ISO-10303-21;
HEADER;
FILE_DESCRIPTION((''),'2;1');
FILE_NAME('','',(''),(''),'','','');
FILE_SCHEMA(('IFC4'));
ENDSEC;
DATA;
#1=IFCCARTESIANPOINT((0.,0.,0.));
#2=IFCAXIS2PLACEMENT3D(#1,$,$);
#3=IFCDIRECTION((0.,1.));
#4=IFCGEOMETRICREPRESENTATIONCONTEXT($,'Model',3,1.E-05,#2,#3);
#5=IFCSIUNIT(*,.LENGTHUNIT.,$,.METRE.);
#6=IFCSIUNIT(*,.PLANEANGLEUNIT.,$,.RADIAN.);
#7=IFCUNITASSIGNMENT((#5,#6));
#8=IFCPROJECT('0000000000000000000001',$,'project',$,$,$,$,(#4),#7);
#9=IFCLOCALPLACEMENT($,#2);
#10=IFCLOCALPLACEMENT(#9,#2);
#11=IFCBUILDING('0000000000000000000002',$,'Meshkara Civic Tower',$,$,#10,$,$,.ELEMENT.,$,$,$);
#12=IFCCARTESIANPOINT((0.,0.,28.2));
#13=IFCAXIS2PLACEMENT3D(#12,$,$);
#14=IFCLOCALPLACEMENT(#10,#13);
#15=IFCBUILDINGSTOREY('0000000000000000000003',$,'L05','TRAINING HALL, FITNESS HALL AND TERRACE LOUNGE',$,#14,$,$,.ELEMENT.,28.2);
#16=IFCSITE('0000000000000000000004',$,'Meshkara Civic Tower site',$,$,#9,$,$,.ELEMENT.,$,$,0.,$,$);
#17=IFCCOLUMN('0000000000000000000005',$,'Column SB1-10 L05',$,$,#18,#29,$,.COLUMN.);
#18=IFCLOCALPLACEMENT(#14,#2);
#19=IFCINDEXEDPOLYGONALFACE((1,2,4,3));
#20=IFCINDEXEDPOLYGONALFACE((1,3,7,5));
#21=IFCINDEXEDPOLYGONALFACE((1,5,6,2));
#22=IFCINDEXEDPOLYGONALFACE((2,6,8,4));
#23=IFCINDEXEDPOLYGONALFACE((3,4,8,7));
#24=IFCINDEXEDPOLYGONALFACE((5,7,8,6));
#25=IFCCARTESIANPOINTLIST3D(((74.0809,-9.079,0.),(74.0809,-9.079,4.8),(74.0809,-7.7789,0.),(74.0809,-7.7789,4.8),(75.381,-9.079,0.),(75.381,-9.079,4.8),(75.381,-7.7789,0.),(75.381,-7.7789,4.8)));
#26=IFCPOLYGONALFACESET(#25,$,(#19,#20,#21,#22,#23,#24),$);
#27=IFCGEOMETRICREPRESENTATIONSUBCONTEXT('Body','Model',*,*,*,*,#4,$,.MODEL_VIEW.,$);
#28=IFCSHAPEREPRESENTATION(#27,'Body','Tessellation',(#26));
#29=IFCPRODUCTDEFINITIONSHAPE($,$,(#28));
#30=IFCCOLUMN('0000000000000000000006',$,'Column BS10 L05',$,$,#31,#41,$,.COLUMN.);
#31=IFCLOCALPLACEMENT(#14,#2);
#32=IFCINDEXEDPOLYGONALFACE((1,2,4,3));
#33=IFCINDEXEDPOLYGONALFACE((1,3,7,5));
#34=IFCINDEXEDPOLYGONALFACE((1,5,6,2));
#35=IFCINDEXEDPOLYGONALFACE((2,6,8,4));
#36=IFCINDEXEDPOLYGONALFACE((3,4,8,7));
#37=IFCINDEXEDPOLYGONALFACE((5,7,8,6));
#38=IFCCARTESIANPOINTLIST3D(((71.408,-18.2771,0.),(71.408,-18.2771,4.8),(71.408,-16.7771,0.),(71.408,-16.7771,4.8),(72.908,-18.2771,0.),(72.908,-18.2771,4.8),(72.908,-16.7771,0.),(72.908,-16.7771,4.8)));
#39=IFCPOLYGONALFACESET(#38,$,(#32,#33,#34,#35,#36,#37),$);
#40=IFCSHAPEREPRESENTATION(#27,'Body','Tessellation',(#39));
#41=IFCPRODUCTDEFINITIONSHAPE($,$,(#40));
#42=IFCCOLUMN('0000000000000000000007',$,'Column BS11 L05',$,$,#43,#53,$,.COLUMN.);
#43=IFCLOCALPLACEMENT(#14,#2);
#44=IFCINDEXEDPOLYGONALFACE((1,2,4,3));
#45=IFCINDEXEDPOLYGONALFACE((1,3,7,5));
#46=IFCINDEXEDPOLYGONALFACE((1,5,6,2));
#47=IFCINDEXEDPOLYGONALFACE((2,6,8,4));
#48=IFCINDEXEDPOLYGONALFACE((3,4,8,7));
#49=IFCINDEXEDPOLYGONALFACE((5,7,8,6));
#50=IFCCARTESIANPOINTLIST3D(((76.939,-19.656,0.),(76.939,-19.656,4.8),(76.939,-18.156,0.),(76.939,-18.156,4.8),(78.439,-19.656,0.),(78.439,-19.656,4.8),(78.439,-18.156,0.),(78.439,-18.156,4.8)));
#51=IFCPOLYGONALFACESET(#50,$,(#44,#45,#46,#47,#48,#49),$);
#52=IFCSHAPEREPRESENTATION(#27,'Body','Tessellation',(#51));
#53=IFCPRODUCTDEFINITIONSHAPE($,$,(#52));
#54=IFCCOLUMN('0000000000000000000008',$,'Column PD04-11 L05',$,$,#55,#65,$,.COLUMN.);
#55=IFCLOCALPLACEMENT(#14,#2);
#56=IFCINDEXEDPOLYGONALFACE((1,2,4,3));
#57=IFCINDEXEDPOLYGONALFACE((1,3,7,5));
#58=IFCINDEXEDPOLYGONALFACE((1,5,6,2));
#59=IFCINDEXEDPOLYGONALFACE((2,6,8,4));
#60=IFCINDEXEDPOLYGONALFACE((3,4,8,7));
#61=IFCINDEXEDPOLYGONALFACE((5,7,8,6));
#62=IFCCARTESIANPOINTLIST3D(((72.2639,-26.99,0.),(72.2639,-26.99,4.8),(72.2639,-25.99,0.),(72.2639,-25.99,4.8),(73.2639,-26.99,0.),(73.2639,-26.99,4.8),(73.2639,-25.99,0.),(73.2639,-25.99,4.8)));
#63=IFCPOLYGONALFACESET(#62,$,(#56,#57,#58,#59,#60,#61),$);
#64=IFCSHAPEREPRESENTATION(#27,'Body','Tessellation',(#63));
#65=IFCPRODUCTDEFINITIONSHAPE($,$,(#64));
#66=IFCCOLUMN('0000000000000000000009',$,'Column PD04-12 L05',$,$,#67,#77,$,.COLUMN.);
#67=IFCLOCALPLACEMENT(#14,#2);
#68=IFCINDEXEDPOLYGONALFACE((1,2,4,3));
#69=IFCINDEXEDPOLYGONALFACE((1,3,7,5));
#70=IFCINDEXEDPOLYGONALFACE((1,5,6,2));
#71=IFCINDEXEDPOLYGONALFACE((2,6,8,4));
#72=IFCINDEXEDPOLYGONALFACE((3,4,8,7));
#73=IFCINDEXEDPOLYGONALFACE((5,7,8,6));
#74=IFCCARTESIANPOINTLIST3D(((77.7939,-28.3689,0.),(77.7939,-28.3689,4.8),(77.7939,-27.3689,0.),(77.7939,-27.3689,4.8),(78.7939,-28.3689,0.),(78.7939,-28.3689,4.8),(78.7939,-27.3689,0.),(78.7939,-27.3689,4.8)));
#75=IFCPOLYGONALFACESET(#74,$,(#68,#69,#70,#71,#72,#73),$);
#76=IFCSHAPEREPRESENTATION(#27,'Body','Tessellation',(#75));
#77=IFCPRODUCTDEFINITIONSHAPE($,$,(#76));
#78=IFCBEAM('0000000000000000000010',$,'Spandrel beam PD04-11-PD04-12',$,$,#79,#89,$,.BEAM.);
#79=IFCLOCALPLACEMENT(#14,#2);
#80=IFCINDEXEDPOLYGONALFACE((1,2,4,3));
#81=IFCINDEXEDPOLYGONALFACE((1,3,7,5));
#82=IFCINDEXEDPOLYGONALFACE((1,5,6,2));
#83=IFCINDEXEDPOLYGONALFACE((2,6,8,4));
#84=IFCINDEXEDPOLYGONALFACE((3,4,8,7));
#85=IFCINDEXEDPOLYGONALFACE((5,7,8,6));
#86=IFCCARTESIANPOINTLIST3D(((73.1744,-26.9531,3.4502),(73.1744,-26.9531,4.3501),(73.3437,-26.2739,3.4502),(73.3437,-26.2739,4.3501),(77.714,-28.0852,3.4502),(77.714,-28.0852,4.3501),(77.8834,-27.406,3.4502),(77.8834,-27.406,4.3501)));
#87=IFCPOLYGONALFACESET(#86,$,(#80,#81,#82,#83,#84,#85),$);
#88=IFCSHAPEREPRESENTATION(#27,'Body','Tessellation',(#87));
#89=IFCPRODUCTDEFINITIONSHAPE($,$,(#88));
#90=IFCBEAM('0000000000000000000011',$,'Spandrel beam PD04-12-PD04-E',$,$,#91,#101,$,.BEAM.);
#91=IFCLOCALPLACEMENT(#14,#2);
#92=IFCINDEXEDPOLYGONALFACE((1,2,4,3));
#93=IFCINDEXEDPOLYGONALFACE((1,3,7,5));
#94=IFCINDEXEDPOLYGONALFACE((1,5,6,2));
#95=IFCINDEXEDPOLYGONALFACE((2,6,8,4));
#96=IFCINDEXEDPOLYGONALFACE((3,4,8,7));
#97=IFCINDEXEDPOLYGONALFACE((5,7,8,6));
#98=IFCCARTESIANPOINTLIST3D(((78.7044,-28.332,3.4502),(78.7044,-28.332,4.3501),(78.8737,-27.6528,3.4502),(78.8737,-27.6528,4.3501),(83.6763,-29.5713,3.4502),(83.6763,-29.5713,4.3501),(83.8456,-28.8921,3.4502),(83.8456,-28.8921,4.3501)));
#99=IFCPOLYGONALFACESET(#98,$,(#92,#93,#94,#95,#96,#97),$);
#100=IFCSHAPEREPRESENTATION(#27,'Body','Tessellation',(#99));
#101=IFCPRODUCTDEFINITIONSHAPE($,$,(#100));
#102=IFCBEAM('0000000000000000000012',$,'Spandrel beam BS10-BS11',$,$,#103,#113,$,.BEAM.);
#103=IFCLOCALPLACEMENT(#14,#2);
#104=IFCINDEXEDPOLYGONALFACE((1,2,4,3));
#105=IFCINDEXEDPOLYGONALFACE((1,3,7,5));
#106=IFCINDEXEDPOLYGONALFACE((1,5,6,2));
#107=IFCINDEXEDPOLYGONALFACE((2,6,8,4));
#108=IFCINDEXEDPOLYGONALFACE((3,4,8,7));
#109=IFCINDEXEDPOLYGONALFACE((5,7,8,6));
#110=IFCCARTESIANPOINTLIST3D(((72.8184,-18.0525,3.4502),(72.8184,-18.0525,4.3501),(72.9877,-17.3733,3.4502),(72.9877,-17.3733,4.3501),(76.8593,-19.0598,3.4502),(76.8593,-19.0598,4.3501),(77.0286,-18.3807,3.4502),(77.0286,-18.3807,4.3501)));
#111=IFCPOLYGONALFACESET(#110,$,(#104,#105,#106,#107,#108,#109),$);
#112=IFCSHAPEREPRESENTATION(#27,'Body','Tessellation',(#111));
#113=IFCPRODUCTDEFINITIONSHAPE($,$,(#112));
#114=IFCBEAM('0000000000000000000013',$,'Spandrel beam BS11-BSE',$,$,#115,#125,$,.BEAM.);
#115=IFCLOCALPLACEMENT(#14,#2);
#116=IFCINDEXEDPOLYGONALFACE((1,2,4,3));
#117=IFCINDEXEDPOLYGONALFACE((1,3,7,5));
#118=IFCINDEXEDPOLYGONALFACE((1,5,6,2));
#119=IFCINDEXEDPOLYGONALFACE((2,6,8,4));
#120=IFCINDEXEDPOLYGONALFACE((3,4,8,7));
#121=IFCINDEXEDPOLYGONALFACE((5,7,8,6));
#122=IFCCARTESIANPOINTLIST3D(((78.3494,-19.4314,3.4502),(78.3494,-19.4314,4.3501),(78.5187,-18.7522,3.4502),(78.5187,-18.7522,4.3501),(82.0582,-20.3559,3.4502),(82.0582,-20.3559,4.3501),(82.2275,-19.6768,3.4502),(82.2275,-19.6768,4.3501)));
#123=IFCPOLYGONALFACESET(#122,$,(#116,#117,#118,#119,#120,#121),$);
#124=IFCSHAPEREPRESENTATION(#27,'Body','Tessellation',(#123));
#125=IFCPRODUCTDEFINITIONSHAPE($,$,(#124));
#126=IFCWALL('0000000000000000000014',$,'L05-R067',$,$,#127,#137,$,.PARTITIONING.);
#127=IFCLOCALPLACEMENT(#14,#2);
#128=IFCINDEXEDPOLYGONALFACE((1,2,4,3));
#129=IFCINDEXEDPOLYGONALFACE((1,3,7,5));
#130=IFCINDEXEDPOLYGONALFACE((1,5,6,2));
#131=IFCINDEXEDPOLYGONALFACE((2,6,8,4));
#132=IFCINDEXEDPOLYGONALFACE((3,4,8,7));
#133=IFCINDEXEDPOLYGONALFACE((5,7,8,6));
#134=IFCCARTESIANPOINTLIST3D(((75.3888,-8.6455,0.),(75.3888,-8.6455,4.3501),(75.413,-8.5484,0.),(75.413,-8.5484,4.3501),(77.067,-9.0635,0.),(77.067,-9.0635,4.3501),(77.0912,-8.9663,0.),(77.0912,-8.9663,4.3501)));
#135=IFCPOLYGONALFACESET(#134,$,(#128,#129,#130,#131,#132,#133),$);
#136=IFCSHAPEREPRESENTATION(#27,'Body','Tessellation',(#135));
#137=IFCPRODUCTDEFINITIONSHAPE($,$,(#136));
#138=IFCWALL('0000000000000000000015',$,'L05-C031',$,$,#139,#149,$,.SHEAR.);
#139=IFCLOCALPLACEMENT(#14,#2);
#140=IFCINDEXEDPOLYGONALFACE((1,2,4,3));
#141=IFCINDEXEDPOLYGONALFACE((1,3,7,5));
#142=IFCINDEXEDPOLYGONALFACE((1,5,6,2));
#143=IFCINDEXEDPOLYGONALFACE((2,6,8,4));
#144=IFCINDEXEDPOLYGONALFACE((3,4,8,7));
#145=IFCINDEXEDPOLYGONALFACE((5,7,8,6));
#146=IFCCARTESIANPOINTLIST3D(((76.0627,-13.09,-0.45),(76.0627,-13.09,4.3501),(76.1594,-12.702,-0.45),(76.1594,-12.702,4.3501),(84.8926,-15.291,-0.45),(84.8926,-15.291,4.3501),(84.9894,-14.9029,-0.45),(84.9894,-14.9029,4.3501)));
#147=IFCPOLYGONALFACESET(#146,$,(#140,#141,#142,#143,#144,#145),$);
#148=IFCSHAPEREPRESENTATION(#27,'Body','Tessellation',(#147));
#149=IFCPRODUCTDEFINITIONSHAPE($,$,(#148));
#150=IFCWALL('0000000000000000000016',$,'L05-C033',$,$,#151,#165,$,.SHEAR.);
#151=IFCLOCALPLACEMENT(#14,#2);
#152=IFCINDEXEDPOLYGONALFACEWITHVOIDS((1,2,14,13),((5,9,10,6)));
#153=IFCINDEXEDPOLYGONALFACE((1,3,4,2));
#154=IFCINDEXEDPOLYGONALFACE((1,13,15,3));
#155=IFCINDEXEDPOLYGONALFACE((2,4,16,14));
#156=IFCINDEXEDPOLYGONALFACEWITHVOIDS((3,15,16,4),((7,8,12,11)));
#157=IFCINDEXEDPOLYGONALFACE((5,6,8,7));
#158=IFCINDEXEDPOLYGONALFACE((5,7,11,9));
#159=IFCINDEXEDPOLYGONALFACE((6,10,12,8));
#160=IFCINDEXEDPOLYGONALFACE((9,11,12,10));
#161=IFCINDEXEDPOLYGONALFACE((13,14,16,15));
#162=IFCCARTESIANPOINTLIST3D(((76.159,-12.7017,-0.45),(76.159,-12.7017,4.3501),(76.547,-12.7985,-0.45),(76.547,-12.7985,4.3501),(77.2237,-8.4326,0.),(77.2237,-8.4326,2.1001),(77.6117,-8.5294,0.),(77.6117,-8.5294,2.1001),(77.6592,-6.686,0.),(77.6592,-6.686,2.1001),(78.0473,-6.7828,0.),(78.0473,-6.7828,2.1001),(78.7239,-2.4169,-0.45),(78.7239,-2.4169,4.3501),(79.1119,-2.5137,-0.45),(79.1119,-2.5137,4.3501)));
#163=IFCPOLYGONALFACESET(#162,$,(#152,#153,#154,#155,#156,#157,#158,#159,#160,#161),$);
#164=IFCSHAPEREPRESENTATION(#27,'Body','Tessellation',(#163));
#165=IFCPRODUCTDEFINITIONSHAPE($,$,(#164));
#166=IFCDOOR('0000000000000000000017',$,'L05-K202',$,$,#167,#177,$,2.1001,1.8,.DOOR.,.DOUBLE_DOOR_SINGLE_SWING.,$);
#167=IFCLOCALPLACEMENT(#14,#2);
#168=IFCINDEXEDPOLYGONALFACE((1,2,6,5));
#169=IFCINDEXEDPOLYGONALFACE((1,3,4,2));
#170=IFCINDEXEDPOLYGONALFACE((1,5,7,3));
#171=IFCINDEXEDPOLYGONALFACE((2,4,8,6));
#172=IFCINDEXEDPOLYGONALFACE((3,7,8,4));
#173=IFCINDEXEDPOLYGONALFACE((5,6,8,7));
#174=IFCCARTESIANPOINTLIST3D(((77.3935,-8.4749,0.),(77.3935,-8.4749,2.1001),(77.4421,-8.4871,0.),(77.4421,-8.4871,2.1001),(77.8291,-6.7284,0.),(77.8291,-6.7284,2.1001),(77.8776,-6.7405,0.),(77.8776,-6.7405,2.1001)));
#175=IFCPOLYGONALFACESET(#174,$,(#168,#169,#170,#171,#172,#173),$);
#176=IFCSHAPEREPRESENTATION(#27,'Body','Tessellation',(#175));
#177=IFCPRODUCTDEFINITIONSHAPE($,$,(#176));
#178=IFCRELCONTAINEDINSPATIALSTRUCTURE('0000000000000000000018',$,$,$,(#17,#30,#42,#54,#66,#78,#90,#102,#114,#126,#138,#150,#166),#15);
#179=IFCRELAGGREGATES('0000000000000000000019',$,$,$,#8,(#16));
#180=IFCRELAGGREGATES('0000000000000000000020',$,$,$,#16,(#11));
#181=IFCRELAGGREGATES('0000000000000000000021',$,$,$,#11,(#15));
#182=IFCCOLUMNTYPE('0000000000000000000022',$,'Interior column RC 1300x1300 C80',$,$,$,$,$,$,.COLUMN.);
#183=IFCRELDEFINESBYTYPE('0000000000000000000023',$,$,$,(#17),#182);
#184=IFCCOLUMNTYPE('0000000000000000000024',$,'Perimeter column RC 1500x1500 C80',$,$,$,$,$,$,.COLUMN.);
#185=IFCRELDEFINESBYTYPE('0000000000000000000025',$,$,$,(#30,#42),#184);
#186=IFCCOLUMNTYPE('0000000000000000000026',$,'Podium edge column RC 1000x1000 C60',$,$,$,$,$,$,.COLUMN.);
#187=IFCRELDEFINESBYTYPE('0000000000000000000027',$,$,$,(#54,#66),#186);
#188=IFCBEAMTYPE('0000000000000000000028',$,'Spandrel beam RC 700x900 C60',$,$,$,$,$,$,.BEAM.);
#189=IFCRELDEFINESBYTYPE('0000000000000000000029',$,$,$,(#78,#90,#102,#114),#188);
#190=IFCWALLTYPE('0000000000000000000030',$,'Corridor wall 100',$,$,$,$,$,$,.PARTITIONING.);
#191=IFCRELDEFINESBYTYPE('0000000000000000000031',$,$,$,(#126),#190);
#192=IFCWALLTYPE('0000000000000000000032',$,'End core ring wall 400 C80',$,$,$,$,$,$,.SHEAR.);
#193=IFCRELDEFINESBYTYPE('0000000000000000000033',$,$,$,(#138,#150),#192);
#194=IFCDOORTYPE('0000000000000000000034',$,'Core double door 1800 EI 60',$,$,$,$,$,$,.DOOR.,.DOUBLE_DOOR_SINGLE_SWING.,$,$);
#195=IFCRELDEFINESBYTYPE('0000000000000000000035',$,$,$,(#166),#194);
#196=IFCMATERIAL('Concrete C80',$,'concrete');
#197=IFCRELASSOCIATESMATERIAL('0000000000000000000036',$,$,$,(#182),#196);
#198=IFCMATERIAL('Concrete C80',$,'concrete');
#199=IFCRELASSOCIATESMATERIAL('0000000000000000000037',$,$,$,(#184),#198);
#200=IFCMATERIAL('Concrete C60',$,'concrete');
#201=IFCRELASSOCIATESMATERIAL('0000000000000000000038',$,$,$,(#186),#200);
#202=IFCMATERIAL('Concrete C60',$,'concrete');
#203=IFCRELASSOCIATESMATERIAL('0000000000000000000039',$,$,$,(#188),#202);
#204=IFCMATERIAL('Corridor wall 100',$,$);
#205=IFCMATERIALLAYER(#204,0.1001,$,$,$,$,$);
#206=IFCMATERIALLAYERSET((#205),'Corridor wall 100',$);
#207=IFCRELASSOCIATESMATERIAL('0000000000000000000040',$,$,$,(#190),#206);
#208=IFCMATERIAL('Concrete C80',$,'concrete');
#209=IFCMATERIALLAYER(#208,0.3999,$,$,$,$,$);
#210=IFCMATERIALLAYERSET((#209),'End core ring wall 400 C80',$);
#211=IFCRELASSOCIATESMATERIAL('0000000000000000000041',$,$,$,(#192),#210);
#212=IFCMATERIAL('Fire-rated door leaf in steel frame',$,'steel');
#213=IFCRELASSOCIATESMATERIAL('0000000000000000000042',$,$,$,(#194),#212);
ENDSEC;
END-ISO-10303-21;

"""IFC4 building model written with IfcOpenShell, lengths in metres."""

from ifc_helpers import new_model, si_unit, direction, frame, frame_2d, origin, origin_2d, place, context, subcontext, project, spatial, rectangle, extrude, material, layer, layer_set, material_profile, profile_set, type_object, element, fill, save


model = new_model("IFC4")

# Units and contexts
model_context = context("Model", 3, precision=1e-05, world=origin(), true_north=direction((0.0, 1.0)))
body_context = subcontext(model_context, "Body", "Model", "MODEL_VIEW")
ifc_project = project(units=[si_unit("LENGTHUNIT", "METRE"), si_unit("PLANEANGLEUNIT", "RADIAN")], contexts=[model_context])

# Site, building, storey
site_placement = place(None, origin())
site = spatial("IfcSite", under=ifc_project, at=site_placement, Name="Meshkara Civic Tower site", CompositionType="ELEMENT", RefElevation=0.0)
building_placement = place(site_placement, origin())
building = spatial("IfcBuilding", under=site, at=building_placement, Name="Meshkara Civic Tower", CompositionType="ELEMENT")
storey_placement = place(building_placement, frame((0.0, 0.0, 28.2)))
storey = spatial("IfcBuildingStorey", under=building, at=storey_placement, Name="L05", Description="TRAINING HALL, FITNESS HALL AND TERRACE LOUNGE", CompositionType="ELEMENT", Elevation=28.2)

# Columns
ifc_material_1 = material(Name="Concrete C80", Category="concrete")
ifc_material_profile_1 = material_profile(ifc_material_1, rectangle(XDim=1.3, YDim=1.3, at=origin_2d()))
ifc_profile_set_1 = profile_set([ifc_material_profile_1], Name="Concrete C80")
column_type_1 = type_object("IfcColumnType", Name="Interior column RC 1300x1300 C80", PredefinedType="COLUMN", material=ifc_profile_set_1)
column_placement = place(storey_placement, frame((74.731, -8.429, 0.0), z_axis=(0.0, 0.0, 1.0), x_axis=(1.0, 0.0, 0.0)))
element("IfcColumn", 1, at=column_placement, inside=storey, type_object=column_type_1, Name="Column SB1-10 L05", PredefinedType="COLUMN", context=body_context, shape_type="SweptSolid", body=[
    extrude(rectangle(XDim=1.3, YDim=1.3, at=origin_2d()), origin(), (0.0, 0.0, 1.0), 4.8),
])
ifc_material_2 = material(Name="Concrete C80", Category="concrete")
ifc_material_profile_2 = material_profile(ifc_material_2, rectangle(XDim=1.5, YDim=1.5, at=origin_2d()))
ifc_profile_set_2 = profile_set([ifc_material_profile_2], Name="Concrete C80")
column_type_2 = type_object("IfcColumnType", Name="Perimeter column RC 1500x1500 C80", PredefinedType="COLUMN", material=ifc_profile_set_2)
for number, where, z_axis, x_axis, name in (
    (2, (72.158, -17.5271, 0.0), (0.0, 0.0, 1.0), (1.0, 0.0, 0.0), "Column BS10 L05"),
    (3, (77.689, -18.906, 0.0), (0.0, 0.0, 1.0), (1.0, 0.0, 0.0), "Column BS11 L05"),
):
    element("IfcColumn", number, at=place(storey_placement, frame(where, z_axis=z_axis, x_axis=x_axis)), inside=storey, type_object=column_type_2, Name=name, PredefinedType="COLUMN", context=body_context, shape_type="SweptSolid", body=[
        extrude(rectangle(XDim=1.5, YDim=1.5, at=origin_2d()), origin(), (0.0, 0.0, 1.0), 4.8),
    ])
ifc_material_3 = material(Name="Concrete C60", Category="concrete")
ifc_material_profile_3 = material_profile(ifc_material_3, rectangle(XDim=1.0, YDim=1.0, at=origin_2d()))
ifc_profile_set_3 = profile_set([ifc_material_profile_3], Name="Concrete C60")
column_type_3 = type_object("IfcColumnType", Name="Podium edge column RC 1000x1000 C60", PredefinedType="COLUMN", material=ifc_profile_set_3)
for number, where, z_axis, x_axis, name in (
    (4, (72.7639, -26.49, 0.0), (0.0, 0.0, 1.0), (1.0, 0.0, 0.0), "Column PD04-11 L05"),
    (5, (78.2939, -27.8689, 0.0), (0.0, 0.0, 1.0), (1.0, 0.0, 0.0), "Column PD04-12 L05"),
):
    element("IfcColumn", number, at=place(storey_placement, frame(where, z_axis=z_axis, x_axis=x_axis)), inside=storey, type_object=column_type_3, Name=name, PredefinedType="COLUMN", context=body_context, shape_type="SweptSolid", body=[
        extrude(rectangle(XDim=1.0, YDim=1.0, at=origin_2d()), origin(), (0.0, 0.0, 1.0), 4.8),
    ])

# Beams
ifc_material_4 = material(Name="Concrete C60", Category="concrete")
ifc_material_profile_4 = material_profile(ifc_material_4, rectangle(XDim=0.7, YDim=0.8999, at=origin_2d()))
ifc_profile_set_4 = profile_set([ifc_material_profile_4], Name="Concrete C60")
beam_type = type_object("IfcBeamType", Name="Spandrel beam RC 700x900 C60", PredefinedType="BEAM", material=ifc_profile_set_4)
beam_1_placement = place(storey_placement, frame((73.259, -26.6135, 3.9001), z_axis=(0.970287, -0.241959, 0.0), x_axis=(0.241959, 0.970287, 0.0)))
element("IfcBeam", 6, at=beam_1_placement, inside=storey, type_object=beam_type, Name="Spandrel beam PD04-11-PD04-12", PredefinedType="BEAM", context=body_context, shape_type="SweptSolid", body=[
    extrude(rectangle(XDim=0.7, YDim=0.8999, at=origin_2d()), origin(), (0.0, 0.0, 1.0), 4.6787),
])
beam_2_placement = place(storey_placement, frame((78.7891, -27.9924, 3.9001), z_axis=(0.970313, -0.241852, 0.0), x_axis=(0.241852, 0.970313, 0.0)))
element("IfcBeam", 7, at=beam_2_placement, inside=storey, type_object=beam_type, Name="Spandrel beam PD04-12-PD04-E", PredefinedType="BEAM", context=body_context, shape_type="SweptSolid", body=[
    extrude(rectangle(XDim=0.7, YDim=0.8999, at=origin_2d()), origin(), (0.0, 0.0, 1.0), 5.124),
])
beam_3_placement = place(storey_placement, frame((72.9031, -17.7129, 3.9001), z_axis=(0.970304, -0.241887, 0.0), x_axis=(0.241887, 0.970304, 0.0)))
element("IfcBeam", 8, at=beam_3_placement, inside=storey, type_object=beam_type, Name="Spandrel beam BS10-BS11", PredefinedType="BEAM", context=body_context, shape_type="SweptSolid", body=[
    extrude(rectangle(XDim=0.7, YDim=0.8999, at=origin_2d()), origin(), (0.0, 0.0, 1.0), 4.1646),
])
beam_4_placement = place(storey_placement, frame((78.4341, -19.0918, 3.9001), z_axis=(0.970304, -0.241889, 0.0), x_axis=(0.241889, 0.970304, 0.0)))
element("IfcBeam", 9, at=beam_4_placement, inside=storey, type_object=beam_type, Name="Spandrel beam BS11-BSE", PredefinedType="BEAM", context=body_context, shape_type="SweptSolid", body=[
    extrude(rectangle(XDim=0.7, YDim=0.8999, at=origin_2d()), origin(), (0.0, 0.0, 1.0), 3.8223),
])

# Walls
ifc_material_5 = material(Name="Corridor wall 100")
ifc_layer_1 = layer(ifc_material_5, 0.1001)
ifc_layer_set_1 = layer_set([ifc_layer_1], Name="Corridor wall 100")
wall_type_1 = type_object("IfcWallType", Name="Corridor wall 100", PredefinedType="PARTITIONING", material=ifc_layer_set_1)
wall_1_placement = place(storey_placement, frame((75.4009, -8.5969, 0.0), z_axis=(0.0, 0.0, 1.0), x_axis=(0.970358, -0.241672, 0.0)))
element("IfcWall", 10, at=wall_1_placement, inside=storey, type_object=wall_type_1, Name="L05-R067", PredefinedType="PARTITIONING", context=body_context, shape_type="SweptSolid", body=[
    extrude(rectangle(XDim=1.7295, YDim=0.1001, at=frame_2d((0.8647, 0.0))), origin(), (0.0, 0.0, 1.0), 4.3501),
])
ifc_material_6 = material(Name="Concrete C80", Category="concrete")
ifc_layer_2 = layer(ifc_material_6, 0.3999)
ifc_layer_set_2 = layer_set([ifc_layer_2], Name="End core ring wall 400 C80")
wall_type_2 = type_object("IfcWallType", Name="End core ring wall 400 C80", PredefinedType="SHEAR", material=ifc_layer_set_2)
wall_2_placement = place(storey_placement, frame((76.1111, -12.896, -0.45), z_axis=(0.0, 0.0, 1.0), x_axis=(0.970311, -0.24186, 0.0)))
element("IfcWall", 11, at=wall_2_placement, inside=storey, type_object=wall_type_2, Name="L05-C031", PredefinedType="SHEAR", context=body_context, shape_type="SweptSolid", body=[
    extrude(rectangle(XDim=9.1001, YDim=0.3999, at=frame_2d((4.55, 0.0))), origin(), (0.0, 0.0, 1.0), 4.8),
])

# Wall, opening, door
wall_3_placement = place(storey_placement, frame((76.353, -12.75, -0.45), z_axis=(0.0, 0.0, 1.0), x_axis=(0.241977, 0.970282, 0.0)))
wall_3 = element("IfcWall", 12, at=wall_3_placement, inside=storey, type_object=wall_type_2, Name="L05-C033", PredefinedType="SHEAR", context=body_context, shape_type="SweptSolid", body=[
    extrude(rectangle(XDim=10.5999, YDim=0.3999, at=frame_2d((5.2998, 0.0))), origin(), (0.0, 0.0, 1.0), 4.8),
])
opening_1_placement = place(wall_3_placement, frame((4.3999, 0.0, 0.45)))
opening_1 = element("IfcOpeningElement", 13, at=opening_1_placement, cuts=wall_3, PredefinedType="OPENING", context=body_context, shape_type="SweptSolid", body=[
    extrude(rectangle(XDim=1.8, YDim=2.1001, at=frame_2d((0.8999, 1.05))), frame((0.0, 0.21, 0.0), z_axis=(0.0, -1.0, 0.0), x_axis=(1.0, 0.0, 0.0)), (0.0, 0.0, 1.0), 0.4199),
])
ifc_material_7 = material(Name="Fire-rated door leaf in steel frame", Category="steel")
door_type_1 = type_object("IfcDoorType", Name="Core double door 1800 EI 60", OperationType="DOUBLE_DOOR_SINGLE_SWING", PredefinedType="DOOR", material=ifc_material_7)
door_1_placement = place(opening_1_placement, origin())
door_1 = element("IfcDoor", 14, at=door_1_placement, inside=storey, type_object=door_type_1, Name="L05-K202", OperationType="DOUBLE_DOOR_SINGLE_SWING", OverallHeight=2.1001, OverallWidth=1.8, PredefinedType="DOOR", context=body_context, shape_type="SweptSolid", body=[
    extrude(rectangle(XDim=1.8, YDim=2.1001, at=frame_2d((0.8999, 1.05))), frame((0.0, 0.0249, 0.0), z_axis=(0.0, -1.0, 0.0), x_axis=(1.0, 0.0, 0.0)), (0.0, 0.0, 1.0), 0.05),
])
fill(opening_1, door_1)

save(model, "model.ifc")
